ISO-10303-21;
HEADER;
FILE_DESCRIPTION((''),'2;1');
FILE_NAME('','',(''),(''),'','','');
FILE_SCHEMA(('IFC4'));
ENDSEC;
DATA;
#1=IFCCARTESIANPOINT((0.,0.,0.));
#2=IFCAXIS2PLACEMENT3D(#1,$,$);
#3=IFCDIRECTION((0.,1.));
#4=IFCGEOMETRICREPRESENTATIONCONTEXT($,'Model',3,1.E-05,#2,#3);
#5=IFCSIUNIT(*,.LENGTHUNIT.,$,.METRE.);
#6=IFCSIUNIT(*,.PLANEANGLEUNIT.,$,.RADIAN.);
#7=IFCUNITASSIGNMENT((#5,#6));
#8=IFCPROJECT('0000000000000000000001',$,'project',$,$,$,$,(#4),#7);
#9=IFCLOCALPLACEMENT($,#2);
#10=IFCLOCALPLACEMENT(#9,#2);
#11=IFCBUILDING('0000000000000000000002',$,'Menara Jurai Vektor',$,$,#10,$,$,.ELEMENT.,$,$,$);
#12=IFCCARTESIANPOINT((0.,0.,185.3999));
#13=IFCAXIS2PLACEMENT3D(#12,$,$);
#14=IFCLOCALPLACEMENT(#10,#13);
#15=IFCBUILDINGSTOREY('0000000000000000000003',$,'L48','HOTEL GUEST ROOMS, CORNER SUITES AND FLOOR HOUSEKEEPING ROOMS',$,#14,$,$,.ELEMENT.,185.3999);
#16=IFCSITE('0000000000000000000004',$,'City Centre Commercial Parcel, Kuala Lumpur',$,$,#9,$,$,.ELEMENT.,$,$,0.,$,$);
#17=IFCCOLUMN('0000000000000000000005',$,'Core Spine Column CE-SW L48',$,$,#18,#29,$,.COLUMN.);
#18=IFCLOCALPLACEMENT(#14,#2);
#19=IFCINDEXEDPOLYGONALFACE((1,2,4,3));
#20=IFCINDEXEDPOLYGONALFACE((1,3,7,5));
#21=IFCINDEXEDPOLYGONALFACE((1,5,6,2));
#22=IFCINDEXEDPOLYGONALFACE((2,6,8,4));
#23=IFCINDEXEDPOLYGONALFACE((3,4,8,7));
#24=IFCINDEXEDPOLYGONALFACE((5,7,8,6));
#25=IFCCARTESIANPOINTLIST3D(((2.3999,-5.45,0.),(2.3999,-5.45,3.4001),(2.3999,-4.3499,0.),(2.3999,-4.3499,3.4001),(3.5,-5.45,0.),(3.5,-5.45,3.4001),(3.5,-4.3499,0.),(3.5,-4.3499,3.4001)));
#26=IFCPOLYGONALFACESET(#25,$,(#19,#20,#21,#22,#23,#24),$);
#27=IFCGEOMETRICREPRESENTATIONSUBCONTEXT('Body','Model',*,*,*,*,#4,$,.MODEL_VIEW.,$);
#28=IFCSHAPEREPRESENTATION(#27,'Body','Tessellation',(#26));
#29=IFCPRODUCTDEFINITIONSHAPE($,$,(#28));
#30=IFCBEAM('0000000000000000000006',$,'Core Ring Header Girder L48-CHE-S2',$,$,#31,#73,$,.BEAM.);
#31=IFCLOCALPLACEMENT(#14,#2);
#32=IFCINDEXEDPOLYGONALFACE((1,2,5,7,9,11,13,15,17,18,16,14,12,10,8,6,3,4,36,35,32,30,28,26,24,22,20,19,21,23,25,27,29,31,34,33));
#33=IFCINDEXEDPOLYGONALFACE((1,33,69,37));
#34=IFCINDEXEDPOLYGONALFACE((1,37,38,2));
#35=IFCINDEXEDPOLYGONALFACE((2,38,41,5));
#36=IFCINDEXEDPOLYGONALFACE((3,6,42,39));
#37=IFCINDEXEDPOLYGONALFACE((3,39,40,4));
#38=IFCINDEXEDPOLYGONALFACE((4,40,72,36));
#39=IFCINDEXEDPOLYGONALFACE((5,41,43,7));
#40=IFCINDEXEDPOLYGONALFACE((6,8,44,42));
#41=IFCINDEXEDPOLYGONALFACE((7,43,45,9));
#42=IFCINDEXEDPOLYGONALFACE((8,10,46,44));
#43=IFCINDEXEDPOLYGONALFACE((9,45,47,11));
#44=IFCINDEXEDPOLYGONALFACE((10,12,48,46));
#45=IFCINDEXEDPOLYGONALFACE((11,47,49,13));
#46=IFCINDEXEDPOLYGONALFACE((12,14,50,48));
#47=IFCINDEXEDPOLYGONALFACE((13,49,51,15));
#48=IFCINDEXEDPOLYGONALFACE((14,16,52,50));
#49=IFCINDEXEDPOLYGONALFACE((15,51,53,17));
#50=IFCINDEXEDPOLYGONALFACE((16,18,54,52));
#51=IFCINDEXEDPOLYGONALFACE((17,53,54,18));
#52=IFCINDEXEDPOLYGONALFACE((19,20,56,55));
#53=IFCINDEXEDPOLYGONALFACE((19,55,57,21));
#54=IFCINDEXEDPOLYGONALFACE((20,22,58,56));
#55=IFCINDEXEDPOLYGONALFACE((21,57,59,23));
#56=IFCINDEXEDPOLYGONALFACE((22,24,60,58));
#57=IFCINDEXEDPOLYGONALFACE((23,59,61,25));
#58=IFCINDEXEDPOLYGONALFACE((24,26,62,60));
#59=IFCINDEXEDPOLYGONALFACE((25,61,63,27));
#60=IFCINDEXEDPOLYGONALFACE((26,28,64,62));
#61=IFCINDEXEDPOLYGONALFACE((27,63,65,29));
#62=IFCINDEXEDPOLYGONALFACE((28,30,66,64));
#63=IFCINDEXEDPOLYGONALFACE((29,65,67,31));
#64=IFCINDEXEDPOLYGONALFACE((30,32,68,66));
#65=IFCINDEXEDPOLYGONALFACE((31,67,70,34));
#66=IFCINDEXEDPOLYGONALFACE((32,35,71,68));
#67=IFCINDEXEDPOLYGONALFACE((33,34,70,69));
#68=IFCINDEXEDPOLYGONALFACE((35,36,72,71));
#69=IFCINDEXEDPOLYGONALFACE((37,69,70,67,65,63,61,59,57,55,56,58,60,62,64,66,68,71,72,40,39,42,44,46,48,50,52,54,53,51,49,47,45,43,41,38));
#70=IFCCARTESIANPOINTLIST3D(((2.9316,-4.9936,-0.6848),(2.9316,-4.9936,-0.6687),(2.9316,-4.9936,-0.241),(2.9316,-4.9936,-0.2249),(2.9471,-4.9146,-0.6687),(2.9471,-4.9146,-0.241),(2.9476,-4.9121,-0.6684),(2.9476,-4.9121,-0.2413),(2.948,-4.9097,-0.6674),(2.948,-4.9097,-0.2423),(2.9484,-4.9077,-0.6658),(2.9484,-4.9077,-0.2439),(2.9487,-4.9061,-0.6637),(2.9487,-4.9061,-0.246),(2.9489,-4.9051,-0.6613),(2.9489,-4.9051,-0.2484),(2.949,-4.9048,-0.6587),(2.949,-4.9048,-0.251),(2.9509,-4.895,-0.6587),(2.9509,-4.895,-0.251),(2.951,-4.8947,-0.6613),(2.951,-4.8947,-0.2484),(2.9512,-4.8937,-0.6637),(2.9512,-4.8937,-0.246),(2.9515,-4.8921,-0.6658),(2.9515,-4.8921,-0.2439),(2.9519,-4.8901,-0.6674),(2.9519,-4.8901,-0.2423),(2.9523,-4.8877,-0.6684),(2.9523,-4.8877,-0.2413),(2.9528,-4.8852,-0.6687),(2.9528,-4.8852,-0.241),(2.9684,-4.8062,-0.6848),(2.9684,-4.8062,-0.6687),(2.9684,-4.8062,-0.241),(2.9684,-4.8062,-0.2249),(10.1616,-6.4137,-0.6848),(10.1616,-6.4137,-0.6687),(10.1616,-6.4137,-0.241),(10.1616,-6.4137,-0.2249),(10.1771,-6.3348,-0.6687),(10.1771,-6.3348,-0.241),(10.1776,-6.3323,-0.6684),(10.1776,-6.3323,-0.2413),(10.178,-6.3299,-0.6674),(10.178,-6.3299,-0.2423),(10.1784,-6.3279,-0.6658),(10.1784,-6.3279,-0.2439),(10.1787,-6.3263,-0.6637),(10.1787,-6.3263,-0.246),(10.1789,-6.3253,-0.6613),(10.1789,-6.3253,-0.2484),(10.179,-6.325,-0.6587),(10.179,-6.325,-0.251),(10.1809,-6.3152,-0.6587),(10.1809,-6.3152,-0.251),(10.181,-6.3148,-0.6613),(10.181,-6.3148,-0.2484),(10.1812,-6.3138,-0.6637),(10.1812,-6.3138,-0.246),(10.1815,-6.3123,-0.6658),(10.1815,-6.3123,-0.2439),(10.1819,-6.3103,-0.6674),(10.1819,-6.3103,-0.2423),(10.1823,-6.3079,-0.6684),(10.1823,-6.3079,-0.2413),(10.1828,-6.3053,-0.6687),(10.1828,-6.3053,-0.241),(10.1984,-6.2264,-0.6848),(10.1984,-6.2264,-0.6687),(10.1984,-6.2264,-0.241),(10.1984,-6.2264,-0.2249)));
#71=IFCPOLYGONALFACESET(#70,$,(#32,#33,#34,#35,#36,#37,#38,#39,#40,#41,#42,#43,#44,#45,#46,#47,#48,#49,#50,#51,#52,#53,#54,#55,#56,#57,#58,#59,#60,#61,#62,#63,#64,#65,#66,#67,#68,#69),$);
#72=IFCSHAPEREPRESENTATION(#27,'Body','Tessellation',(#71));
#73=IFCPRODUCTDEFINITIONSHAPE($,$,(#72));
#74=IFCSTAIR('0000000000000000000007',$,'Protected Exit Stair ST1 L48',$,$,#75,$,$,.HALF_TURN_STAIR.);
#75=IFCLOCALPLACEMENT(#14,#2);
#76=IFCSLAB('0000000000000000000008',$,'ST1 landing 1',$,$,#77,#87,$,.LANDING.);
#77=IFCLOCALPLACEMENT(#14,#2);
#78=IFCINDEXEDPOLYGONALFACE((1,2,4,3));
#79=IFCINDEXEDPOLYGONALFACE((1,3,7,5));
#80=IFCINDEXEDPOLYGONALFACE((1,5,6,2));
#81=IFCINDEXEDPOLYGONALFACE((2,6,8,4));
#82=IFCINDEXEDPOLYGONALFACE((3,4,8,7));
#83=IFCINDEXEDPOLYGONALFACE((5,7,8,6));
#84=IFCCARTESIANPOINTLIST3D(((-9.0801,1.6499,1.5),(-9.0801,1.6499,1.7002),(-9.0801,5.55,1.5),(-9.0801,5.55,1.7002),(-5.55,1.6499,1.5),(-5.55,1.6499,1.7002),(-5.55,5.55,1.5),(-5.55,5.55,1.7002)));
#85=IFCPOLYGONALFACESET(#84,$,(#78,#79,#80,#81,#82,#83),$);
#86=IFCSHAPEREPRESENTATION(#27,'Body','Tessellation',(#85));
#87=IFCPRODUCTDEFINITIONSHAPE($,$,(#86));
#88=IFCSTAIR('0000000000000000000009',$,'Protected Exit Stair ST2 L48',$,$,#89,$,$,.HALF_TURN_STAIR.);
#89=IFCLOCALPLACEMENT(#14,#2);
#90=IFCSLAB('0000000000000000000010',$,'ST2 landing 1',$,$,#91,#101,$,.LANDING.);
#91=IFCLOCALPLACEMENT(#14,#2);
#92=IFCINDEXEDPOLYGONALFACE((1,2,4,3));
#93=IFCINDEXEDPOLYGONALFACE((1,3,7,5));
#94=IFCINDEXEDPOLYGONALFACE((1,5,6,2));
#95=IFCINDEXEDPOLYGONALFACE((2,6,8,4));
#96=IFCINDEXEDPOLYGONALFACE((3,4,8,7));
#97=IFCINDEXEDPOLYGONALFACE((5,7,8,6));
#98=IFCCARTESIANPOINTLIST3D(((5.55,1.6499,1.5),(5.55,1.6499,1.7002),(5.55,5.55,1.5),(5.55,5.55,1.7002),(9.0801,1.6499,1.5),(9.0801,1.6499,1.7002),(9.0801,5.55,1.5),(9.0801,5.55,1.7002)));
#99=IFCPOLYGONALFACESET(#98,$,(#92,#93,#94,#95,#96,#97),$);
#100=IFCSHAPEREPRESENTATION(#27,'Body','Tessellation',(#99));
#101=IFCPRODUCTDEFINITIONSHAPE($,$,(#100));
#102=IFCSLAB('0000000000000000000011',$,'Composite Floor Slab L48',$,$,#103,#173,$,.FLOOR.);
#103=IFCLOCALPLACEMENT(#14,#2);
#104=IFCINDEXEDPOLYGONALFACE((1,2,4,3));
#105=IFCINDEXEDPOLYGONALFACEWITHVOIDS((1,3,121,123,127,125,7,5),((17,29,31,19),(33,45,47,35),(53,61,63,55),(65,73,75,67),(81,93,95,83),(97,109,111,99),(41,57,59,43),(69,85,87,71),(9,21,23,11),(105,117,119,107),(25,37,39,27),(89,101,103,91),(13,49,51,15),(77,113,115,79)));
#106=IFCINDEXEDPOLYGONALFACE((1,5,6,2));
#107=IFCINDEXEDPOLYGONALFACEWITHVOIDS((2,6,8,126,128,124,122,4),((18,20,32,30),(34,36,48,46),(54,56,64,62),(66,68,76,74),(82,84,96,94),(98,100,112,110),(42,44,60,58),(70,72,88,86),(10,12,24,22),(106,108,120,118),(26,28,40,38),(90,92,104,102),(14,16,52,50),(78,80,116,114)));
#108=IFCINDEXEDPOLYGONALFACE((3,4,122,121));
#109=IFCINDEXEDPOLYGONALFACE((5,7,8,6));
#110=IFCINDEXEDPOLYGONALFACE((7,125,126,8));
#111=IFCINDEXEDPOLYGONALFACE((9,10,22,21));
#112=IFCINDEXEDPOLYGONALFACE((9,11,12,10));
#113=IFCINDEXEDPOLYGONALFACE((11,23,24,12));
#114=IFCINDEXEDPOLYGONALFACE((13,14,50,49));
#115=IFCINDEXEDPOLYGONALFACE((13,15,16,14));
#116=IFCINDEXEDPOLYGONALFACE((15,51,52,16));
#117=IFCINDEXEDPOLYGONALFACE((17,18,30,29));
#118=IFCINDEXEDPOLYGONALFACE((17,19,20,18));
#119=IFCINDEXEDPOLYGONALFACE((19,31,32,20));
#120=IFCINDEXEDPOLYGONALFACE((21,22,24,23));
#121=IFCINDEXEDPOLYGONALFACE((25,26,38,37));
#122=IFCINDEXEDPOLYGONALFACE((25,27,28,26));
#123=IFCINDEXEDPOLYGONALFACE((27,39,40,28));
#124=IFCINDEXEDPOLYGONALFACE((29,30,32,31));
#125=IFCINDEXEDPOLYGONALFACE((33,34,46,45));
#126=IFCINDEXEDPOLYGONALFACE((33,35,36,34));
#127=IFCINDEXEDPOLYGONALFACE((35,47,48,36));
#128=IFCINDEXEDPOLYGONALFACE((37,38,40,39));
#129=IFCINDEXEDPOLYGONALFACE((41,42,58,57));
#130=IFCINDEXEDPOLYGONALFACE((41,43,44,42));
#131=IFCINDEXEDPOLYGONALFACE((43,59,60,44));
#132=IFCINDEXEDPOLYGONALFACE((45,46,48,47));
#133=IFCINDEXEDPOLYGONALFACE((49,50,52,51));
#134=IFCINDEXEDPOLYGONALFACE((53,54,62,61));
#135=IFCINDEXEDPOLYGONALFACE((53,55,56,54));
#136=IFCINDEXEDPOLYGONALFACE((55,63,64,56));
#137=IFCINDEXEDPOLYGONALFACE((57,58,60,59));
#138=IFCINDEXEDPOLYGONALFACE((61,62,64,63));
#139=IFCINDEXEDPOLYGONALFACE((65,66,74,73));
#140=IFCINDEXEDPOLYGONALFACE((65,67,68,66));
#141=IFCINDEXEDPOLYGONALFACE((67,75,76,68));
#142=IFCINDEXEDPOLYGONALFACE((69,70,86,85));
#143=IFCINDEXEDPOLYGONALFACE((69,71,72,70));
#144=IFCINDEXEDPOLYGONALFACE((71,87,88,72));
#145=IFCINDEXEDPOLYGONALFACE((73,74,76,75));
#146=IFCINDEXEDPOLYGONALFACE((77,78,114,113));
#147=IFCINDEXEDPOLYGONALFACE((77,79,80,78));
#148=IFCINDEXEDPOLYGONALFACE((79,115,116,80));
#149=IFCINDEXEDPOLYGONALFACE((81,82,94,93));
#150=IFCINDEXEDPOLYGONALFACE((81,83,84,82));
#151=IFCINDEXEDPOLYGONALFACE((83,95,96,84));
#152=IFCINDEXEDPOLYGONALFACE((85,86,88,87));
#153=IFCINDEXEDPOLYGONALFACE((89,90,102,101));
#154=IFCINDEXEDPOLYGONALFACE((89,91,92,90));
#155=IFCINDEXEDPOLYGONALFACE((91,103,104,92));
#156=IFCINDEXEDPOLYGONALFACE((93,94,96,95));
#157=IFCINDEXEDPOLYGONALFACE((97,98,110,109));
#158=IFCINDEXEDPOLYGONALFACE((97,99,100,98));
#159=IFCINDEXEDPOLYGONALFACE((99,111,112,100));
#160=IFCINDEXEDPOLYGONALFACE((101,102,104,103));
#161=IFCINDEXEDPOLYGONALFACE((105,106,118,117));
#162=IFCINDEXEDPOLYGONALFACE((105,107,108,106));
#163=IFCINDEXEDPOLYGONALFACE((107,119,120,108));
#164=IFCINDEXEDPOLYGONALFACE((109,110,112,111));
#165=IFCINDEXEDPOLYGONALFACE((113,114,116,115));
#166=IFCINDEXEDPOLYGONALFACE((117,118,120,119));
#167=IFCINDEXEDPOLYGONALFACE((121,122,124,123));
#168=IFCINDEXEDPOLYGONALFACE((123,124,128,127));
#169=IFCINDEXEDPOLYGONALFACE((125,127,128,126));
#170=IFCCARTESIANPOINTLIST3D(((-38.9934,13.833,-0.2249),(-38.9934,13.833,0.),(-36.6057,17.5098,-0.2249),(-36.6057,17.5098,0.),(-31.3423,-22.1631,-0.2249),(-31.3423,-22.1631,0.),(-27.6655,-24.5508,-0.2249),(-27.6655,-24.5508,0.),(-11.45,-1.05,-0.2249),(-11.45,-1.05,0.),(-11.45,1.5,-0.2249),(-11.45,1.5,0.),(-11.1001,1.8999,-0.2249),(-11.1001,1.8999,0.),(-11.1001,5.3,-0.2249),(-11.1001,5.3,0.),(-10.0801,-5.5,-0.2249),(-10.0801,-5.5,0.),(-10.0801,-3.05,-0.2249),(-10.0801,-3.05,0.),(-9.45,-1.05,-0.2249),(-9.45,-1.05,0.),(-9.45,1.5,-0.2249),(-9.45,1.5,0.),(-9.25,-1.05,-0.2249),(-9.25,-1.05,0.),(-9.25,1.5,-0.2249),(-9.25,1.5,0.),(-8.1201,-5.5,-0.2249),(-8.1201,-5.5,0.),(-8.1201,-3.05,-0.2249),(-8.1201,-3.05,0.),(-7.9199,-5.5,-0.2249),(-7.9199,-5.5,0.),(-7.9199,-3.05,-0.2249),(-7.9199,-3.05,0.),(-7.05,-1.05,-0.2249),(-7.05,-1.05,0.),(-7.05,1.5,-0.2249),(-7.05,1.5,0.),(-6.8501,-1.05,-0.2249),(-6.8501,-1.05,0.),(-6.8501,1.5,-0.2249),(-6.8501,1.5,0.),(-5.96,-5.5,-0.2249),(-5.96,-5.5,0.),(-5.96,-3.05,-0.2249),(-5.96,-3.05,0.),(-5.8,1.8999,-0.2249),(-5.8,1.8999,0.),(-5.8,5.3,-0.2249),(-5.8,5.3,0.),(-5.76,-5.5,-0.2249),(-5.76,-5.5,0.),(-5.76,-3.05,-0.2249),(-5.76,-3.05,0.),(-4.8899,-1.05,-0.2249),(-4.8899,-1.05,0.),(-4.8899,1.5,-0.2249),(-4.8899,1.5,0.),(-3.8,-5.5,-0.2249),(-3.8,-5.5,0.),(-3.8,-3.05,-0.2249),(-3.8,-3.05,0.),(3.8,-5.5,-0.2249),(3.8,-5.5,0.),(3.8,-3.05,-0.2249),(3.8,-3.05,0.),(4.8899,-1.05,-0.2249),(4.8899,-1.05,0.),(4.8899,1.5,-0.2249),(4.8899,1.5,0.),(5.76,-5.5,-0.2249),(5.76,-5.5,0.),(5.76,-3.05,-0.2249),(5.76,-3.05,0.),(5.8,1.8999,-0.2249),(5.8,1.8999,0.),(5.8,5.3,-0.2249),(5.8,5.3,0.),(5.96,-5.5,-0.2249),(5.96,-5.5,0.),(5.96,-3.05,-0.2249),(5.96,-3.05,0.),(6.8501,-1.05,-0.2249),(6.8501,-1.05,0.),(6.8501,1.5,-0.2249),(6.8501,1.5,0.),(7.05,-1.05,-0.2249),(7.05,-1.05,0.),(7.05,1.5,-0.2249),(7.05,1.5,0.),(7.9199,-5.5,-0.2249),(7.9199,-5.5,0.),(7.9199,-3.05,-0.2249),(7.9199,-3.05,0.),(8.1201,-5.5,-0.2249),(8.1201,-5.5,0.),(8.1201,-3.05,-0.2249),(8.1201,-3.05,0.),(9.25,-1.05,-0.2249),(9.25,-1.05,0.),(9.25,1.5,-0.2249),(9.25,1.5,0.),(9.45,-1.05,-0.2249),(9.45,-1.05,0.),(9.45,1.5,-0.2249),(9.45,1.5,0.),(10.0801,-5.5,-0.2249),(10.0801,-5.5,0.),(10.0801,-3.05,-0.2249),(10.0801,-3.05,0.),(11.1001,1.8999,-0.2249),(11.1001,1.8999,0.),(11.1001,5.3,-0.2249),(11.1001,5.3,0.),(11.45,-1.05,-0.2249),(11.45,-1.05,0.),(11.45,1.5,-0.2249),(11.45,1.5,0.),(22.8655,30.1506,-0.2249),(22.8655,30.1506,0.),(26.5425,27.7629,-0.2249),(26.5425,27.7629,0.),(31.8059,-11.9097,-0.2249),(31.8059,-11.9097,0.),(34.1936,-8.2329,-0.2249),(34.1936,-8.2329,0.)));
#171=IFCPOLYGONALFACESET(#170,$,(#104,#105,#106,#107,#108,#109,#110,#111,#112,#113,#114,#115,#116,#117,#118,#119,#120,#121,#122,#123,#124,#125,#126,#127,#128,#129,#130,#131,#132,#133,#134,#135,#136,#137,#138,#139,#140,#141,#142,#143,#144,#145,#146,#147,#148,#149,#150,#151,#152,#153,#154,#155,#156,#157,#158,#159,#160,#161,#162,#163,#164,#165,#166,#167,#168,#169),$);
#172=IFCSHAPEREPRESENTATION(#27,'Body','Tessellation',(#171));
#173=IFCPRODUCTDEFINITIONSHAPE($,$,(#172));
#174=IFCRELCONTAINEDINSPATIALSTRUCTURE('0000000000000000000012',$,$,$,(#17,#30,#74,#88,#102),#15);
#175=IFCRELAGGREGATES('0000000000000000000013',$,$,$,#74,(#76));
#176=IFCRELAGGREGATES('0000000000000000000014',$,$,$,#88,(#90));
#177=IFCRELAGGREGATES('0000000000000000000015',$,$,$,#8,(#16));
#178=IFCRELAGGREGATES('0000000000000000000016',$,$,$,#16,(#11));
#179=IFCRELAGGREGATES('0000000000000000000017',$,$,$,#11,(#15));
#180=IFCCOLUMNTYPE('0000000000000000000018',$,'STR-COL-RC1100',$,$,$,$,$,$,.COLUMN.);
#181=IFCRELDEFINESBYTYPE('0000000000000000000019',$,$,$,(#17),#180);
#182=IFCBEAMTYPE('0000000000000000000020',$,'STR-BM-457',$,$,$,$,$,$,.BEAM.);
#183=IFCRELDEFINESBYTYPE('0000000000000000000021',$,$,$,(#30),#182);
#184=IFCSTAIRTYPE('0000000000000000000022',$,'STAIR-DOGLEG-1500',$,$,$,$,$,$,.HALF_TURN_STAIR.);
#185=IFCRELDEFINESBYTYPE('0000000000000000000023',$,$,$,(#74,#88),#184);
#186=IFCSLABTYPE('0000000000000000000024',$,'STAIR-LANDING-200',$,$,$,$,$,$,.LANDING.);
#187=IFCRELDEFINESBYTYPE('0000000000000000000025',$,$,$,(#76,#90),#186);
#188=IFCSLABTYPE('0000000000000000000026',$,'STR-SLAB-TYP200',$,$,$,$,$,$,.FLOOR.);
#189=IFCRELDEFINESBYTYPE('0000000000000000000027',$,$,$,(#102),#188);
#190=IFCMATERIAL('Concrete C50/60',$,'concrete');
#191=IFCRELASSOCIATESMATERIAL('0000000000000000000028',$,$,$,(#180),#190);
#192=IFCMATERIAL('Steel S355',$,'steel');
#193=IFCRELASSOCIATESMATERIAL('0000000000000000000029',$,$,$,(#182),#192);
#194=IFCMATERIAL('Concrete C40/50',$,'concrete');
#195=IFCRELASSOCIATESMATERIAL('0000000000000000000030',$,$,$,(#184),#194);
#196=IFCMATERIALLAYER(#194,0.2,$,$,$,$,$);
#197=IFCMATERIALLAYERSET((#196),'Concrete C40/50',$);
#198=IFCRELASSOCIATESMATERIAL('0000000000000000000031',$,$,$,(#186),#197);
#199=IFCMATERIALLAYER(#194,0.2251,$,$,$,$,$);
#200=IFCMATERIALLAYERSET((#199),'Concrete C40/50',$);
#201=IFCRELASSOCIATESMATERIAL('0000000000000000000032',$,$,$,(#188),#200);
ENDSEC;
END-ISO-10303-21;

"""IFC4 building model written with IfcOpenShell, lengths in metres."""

from ifc_helpers import new_model, si_unit, direction, frame, origin, origin_2d, place, context, subcontext, project, spatial, polyline, rectangle, i_section, outline, extrude, material, layer, layer_set, material_profile, profile_set, type_object, element, aggregate, save


model = new_model("IFC4")

# Units and contexts
model_context = context("Model", 3, precision=1e-05, world=origin(), true_north=direction((0.0, 1.0)))
body_context = subcontext(model_context, "Body", "Model", "MODEL_VIEW")
ifc_project = project(units=[si_unit("LENGTHUNIT", "METRE"), si_unit("PLANEANGLEUNIT", "RADIAN")], contexts=[model_context])

# Site, building, storey
site_placement = place(None, origin())
site = spatial("IfcSite", under=ifc_project, at=site_placement, Name="City Centre Commercial Parcel, Kuala Lumpur", CompositionType="ELEMENT", RefElevation=0.0)
building_placement = place(site_placement, origin())
building = spatial("IfcBuilding", under=site, at=building_placement, Name="Menara Jurai Vektor", CompositionType="ELEMENT")
storey_placement = place(building_placement, frame((0.0, 0.0, 185.3999)))
storey = spatial("IfcBuildingStorey", under=building, at=storey_placement, Name="L48", Description="HOTEL GUEST ROOMS, CORNER SUITES AND FLOOR HOUSEKEEPING ROOMS", CompositionType="ELEMENT", Elevation=185.3999)

# Column
ifc_material_1 = material(Name="Concrete C50/60", Category="concrete")
ifc_material_profile_1 = material_profile(ifc_material_1, rectangle(XDim=1.1001, YDim=1.1001, at=origin_2d()), Name="RC 1100x1100")
ifc_profile_set_1 = profile_set([ifc_material_profile_1], Name="Concrete C50/60")
column_type = type_object("IfcColumnType", Name="STR-COL-RC1100", PredefinedType="COLUMN", material=ifc_profile_set_1)
column_placement = place(storey_placement, frame((2.95, -4.8999, 0.0), z_axis=(0.0, 0.0, 1.0), x_axis=(1.0, 0.0, 0.0)))
element("IfcColumn", 1, at=column_placement, inside=storey, type_object=column_type, Name="Core Spine Column CE-SW L48", PredefinedType="COLUMN", context=body_context, shape_type="SweptSolid", body=[
    extrude(rectangle(XDim=1.1001, YDim=1.1001, at=origin_2d()), origin(), (0.0, 0.0, 1.0), 3.4001),
])

# Beam
ifc_material_2 = material(Name="Steel S355", Category="steel")
ifc_material_profile_2 = material_profile(ifc_material_2, i_section(OverallWidth=0.1909, OverallDepth=0.46, WebThickness=0.01, FlangeThickness=0.0161, FilletRadius=0.01, at=origin_2d()), Name="UKB 457x191x82")
ifc_profile_set_2 = profile_set([ifc_material_profile_2], Name="Steel S355")
beam_type = type_object("IfcBeamType", Name="STR-BM-457", PredefinedType="BEAM", material=ifc_profile_set_2)
beam_placement = place(storey_placement, frame((2.95, -4.8999, -0.4548), z_axis=(0.981249, -0.192744, 0.0), x_axis=(0.192744, 0.981249, 0.0)))
element("IfcBeam", 2, at=beam_placement, inside=storey, type_object=beam_type, Name="Core Ring Header Girder L48-CHE-S2", PredefinedType="BEAM", context=body_context, shape_type="SweptSolid", body=[
    extrude(i_section(OverallWidth=0.1909, OverallDepth=0.46, WebThickness=0.01, FlangeThickness=0.0161, FilletRadius=0.01, at=origin_2d()), origin(), (0.0, 0.0, 1.0), 7.3682),
])

# Stairs, slabs
ifc_material_3 = material(Name="Concrete C40/50", Category="concrete")
stair_type = type_object("IfcStairType", Name="STAIR-DOGLEG-1500", PredefinedType="HALF_TURN_STAIR", material=ifc_material_3)
stair_1_placement = place(storey_placement, origin())
stair_1 = element("IfcStair", 3, at=stair_1_placement, inside=storey, type_object=stair_type, Name="Protected Exit Stair ST1 L48", PredefinedType="HALF_TURN_STAIR")
ifc_layer_1 = layer(ifc_material_3, 0.2)
ifc_layer_set_1 = layer_set([ifc_layer_1], Name="Concrete C40/50")
slab_type_1 = type_object("IfcSlabType", Name="STAIR-LANDING-200", PredefinedType="LANDING", material=ifc_layer_set_1)
slab_1_placement = place(storey_placement, frame((0.0, 0.0, 1.5)))
slab_1 = element("IfcSlab", 4, at=slab_1_placement, type_object=slab_type_1, Name="ST1 landing 1", PredefinedType="LANDING", context=body_context, shape_type="SweptSolid", body=[
    extrude(outline(polyline([(-9.0801, 1.6499), (-5.55, 1.6499), (-5.55, 5.55), (-9.0801, 5.55), (-9.0801, 1.6499)])), origin(), (0.0, 0.0, 1.0), 0.2002),
])
aggregate(stair_1, [slab_1])
stair_2_placement = place(storey_placement, origin())
stair_2 = element("IfcStair", 5, at=stair_2_placement, inside=storey, type_object=stair_type, Name="Protected Exit Stair ST2 L48", PredefinedType="HALF_TURN_STAIR")
slab_2_placement = place(storey_placement, frame((0.0, 0.0, 1.5)))
slab_2 = element("IfcSlab", 6, at=slab_2_placement, type_object=slab_type_1, Name="ST2 landing 1", PredefinedType="LANDING", context=body_context, shape_type="SweptSolid", body=[
    extrude(outline(polyline([(5.55, 1.6499), (9.0801, 1.6499), (9.0801, 5.55), (5.55, 5.55), (5.55, 1.6499)])), origin(), (0.0, 0.0, 1.0), 0.2002),
])
aggregate(stair_2, [slab_2])

# Slab
ifc_layer_2 = layer(ifc_material_3, 0.2251)
ifc_layer_set_2 = layer_set([ifc_layer_2], Name="Concrete C40/50")
slab_type_2 = type_object("IfcSlabType", Name="STR-SLAB-TYP200", PredefinedType="FLOOR", material=ifc_layer_set_2)
slab_3_placement = place(storey_placement, frame((0.0, 0.0, -0.2249)))
element("IfcSlab", 7, at=slab_3_placement, inside=storey, type_object=slab_type_2, Name="Composite Floor Slab L48", PredefinedType="FLOOR", context=body_context, shape_type="SweptSolid", body=[
    extrude(outline(polyline([(-27.6655, -24.5508), (31.8059, -11.9097), (34.1936, -8.2329), (26.5425, 27.7629), (22.8655, 30.1506), (-36.6057, 17.5098), (-38.9934, 13.833), (-31.3423, -22.1631), (-27.6655, -24.5508)]), holes=[polyline([(-11.1001, 1.8999), (-11.1001, 5.3), (-5.8, 5.3), (-5.8, 1.8999), (-11.1001, 1.8999)]), polyline([(5.8, 1.8999), (5.8, 5.3), (11.1001, 5.3), (11.1001, 1.8999), (5.8, 1.8999)]), polyline([(-11.45, -1.05), (-11.45, 1.5), (-9.45, 1.5), (-9.45, -1.05), (-11.45, -1.05)]), polyline([(9.45, -1.05), (9.45, 1.5), (11.45, 1.5), (11.45, -1.05), (9.45, -1.05)]), polyline([(-5.76, -5.5), (-5.76, -3.05), (-3.8, -3.05), (-3.8, -5.5), (-5.76, -5.5)]), polyline([(-6.8501, -1.05), (-6.8501, 1.5), (-4.8899, 1.5), (-4.8899, -1.05), (-6.8501, -1.05)]), polyline([(3.8, -5.5), (3.8, -3.05), (5.76, -3.05), (5.76, -5.5), (3.8, -5.5)]), polyline([(4.8899, -1.05), (4.8899, 1.5), (6.8501, 1.5), (6.8501, -1.05), (4.8899, -1.05)]), polyline([(-10.0801, -5.5), (-10.0801, -3.05), (-8.1201, -3.05), (-8.1201, -5.5), (-10.0801, -5.5)]), polyline([(-7.9199, -5.5), (-7.9199, -3.05), (-5.96, -3.05), (-5.96, -5.5), (-7.9199, -5.5)]), polyline([(5.96, -5.5), (5.96, -3.05), (7.9199, -3.05), (7.9199, -5.5), (5.96, -5.5)]), polyline([(8.1201, -5.5), (8.1201, -3.05), (10.0801, -3.05), (10.0801, -5.5), (8.1201, -5.5)]), polyline([(-9.25, -1.05), (-9.25, 1.5), (-7.05, 1.5), (-7.05, -1.05), (-9.25, -1.05)]), polyline([(7.05, -1.05), (7.05, 1.5), (9.25, 1.5), (9.25, -1.05), (7.05, -1.05)])]), origin(), (0.0, 0.0, 1.0), 0.2249),
])

save(model, "model.ifc")
